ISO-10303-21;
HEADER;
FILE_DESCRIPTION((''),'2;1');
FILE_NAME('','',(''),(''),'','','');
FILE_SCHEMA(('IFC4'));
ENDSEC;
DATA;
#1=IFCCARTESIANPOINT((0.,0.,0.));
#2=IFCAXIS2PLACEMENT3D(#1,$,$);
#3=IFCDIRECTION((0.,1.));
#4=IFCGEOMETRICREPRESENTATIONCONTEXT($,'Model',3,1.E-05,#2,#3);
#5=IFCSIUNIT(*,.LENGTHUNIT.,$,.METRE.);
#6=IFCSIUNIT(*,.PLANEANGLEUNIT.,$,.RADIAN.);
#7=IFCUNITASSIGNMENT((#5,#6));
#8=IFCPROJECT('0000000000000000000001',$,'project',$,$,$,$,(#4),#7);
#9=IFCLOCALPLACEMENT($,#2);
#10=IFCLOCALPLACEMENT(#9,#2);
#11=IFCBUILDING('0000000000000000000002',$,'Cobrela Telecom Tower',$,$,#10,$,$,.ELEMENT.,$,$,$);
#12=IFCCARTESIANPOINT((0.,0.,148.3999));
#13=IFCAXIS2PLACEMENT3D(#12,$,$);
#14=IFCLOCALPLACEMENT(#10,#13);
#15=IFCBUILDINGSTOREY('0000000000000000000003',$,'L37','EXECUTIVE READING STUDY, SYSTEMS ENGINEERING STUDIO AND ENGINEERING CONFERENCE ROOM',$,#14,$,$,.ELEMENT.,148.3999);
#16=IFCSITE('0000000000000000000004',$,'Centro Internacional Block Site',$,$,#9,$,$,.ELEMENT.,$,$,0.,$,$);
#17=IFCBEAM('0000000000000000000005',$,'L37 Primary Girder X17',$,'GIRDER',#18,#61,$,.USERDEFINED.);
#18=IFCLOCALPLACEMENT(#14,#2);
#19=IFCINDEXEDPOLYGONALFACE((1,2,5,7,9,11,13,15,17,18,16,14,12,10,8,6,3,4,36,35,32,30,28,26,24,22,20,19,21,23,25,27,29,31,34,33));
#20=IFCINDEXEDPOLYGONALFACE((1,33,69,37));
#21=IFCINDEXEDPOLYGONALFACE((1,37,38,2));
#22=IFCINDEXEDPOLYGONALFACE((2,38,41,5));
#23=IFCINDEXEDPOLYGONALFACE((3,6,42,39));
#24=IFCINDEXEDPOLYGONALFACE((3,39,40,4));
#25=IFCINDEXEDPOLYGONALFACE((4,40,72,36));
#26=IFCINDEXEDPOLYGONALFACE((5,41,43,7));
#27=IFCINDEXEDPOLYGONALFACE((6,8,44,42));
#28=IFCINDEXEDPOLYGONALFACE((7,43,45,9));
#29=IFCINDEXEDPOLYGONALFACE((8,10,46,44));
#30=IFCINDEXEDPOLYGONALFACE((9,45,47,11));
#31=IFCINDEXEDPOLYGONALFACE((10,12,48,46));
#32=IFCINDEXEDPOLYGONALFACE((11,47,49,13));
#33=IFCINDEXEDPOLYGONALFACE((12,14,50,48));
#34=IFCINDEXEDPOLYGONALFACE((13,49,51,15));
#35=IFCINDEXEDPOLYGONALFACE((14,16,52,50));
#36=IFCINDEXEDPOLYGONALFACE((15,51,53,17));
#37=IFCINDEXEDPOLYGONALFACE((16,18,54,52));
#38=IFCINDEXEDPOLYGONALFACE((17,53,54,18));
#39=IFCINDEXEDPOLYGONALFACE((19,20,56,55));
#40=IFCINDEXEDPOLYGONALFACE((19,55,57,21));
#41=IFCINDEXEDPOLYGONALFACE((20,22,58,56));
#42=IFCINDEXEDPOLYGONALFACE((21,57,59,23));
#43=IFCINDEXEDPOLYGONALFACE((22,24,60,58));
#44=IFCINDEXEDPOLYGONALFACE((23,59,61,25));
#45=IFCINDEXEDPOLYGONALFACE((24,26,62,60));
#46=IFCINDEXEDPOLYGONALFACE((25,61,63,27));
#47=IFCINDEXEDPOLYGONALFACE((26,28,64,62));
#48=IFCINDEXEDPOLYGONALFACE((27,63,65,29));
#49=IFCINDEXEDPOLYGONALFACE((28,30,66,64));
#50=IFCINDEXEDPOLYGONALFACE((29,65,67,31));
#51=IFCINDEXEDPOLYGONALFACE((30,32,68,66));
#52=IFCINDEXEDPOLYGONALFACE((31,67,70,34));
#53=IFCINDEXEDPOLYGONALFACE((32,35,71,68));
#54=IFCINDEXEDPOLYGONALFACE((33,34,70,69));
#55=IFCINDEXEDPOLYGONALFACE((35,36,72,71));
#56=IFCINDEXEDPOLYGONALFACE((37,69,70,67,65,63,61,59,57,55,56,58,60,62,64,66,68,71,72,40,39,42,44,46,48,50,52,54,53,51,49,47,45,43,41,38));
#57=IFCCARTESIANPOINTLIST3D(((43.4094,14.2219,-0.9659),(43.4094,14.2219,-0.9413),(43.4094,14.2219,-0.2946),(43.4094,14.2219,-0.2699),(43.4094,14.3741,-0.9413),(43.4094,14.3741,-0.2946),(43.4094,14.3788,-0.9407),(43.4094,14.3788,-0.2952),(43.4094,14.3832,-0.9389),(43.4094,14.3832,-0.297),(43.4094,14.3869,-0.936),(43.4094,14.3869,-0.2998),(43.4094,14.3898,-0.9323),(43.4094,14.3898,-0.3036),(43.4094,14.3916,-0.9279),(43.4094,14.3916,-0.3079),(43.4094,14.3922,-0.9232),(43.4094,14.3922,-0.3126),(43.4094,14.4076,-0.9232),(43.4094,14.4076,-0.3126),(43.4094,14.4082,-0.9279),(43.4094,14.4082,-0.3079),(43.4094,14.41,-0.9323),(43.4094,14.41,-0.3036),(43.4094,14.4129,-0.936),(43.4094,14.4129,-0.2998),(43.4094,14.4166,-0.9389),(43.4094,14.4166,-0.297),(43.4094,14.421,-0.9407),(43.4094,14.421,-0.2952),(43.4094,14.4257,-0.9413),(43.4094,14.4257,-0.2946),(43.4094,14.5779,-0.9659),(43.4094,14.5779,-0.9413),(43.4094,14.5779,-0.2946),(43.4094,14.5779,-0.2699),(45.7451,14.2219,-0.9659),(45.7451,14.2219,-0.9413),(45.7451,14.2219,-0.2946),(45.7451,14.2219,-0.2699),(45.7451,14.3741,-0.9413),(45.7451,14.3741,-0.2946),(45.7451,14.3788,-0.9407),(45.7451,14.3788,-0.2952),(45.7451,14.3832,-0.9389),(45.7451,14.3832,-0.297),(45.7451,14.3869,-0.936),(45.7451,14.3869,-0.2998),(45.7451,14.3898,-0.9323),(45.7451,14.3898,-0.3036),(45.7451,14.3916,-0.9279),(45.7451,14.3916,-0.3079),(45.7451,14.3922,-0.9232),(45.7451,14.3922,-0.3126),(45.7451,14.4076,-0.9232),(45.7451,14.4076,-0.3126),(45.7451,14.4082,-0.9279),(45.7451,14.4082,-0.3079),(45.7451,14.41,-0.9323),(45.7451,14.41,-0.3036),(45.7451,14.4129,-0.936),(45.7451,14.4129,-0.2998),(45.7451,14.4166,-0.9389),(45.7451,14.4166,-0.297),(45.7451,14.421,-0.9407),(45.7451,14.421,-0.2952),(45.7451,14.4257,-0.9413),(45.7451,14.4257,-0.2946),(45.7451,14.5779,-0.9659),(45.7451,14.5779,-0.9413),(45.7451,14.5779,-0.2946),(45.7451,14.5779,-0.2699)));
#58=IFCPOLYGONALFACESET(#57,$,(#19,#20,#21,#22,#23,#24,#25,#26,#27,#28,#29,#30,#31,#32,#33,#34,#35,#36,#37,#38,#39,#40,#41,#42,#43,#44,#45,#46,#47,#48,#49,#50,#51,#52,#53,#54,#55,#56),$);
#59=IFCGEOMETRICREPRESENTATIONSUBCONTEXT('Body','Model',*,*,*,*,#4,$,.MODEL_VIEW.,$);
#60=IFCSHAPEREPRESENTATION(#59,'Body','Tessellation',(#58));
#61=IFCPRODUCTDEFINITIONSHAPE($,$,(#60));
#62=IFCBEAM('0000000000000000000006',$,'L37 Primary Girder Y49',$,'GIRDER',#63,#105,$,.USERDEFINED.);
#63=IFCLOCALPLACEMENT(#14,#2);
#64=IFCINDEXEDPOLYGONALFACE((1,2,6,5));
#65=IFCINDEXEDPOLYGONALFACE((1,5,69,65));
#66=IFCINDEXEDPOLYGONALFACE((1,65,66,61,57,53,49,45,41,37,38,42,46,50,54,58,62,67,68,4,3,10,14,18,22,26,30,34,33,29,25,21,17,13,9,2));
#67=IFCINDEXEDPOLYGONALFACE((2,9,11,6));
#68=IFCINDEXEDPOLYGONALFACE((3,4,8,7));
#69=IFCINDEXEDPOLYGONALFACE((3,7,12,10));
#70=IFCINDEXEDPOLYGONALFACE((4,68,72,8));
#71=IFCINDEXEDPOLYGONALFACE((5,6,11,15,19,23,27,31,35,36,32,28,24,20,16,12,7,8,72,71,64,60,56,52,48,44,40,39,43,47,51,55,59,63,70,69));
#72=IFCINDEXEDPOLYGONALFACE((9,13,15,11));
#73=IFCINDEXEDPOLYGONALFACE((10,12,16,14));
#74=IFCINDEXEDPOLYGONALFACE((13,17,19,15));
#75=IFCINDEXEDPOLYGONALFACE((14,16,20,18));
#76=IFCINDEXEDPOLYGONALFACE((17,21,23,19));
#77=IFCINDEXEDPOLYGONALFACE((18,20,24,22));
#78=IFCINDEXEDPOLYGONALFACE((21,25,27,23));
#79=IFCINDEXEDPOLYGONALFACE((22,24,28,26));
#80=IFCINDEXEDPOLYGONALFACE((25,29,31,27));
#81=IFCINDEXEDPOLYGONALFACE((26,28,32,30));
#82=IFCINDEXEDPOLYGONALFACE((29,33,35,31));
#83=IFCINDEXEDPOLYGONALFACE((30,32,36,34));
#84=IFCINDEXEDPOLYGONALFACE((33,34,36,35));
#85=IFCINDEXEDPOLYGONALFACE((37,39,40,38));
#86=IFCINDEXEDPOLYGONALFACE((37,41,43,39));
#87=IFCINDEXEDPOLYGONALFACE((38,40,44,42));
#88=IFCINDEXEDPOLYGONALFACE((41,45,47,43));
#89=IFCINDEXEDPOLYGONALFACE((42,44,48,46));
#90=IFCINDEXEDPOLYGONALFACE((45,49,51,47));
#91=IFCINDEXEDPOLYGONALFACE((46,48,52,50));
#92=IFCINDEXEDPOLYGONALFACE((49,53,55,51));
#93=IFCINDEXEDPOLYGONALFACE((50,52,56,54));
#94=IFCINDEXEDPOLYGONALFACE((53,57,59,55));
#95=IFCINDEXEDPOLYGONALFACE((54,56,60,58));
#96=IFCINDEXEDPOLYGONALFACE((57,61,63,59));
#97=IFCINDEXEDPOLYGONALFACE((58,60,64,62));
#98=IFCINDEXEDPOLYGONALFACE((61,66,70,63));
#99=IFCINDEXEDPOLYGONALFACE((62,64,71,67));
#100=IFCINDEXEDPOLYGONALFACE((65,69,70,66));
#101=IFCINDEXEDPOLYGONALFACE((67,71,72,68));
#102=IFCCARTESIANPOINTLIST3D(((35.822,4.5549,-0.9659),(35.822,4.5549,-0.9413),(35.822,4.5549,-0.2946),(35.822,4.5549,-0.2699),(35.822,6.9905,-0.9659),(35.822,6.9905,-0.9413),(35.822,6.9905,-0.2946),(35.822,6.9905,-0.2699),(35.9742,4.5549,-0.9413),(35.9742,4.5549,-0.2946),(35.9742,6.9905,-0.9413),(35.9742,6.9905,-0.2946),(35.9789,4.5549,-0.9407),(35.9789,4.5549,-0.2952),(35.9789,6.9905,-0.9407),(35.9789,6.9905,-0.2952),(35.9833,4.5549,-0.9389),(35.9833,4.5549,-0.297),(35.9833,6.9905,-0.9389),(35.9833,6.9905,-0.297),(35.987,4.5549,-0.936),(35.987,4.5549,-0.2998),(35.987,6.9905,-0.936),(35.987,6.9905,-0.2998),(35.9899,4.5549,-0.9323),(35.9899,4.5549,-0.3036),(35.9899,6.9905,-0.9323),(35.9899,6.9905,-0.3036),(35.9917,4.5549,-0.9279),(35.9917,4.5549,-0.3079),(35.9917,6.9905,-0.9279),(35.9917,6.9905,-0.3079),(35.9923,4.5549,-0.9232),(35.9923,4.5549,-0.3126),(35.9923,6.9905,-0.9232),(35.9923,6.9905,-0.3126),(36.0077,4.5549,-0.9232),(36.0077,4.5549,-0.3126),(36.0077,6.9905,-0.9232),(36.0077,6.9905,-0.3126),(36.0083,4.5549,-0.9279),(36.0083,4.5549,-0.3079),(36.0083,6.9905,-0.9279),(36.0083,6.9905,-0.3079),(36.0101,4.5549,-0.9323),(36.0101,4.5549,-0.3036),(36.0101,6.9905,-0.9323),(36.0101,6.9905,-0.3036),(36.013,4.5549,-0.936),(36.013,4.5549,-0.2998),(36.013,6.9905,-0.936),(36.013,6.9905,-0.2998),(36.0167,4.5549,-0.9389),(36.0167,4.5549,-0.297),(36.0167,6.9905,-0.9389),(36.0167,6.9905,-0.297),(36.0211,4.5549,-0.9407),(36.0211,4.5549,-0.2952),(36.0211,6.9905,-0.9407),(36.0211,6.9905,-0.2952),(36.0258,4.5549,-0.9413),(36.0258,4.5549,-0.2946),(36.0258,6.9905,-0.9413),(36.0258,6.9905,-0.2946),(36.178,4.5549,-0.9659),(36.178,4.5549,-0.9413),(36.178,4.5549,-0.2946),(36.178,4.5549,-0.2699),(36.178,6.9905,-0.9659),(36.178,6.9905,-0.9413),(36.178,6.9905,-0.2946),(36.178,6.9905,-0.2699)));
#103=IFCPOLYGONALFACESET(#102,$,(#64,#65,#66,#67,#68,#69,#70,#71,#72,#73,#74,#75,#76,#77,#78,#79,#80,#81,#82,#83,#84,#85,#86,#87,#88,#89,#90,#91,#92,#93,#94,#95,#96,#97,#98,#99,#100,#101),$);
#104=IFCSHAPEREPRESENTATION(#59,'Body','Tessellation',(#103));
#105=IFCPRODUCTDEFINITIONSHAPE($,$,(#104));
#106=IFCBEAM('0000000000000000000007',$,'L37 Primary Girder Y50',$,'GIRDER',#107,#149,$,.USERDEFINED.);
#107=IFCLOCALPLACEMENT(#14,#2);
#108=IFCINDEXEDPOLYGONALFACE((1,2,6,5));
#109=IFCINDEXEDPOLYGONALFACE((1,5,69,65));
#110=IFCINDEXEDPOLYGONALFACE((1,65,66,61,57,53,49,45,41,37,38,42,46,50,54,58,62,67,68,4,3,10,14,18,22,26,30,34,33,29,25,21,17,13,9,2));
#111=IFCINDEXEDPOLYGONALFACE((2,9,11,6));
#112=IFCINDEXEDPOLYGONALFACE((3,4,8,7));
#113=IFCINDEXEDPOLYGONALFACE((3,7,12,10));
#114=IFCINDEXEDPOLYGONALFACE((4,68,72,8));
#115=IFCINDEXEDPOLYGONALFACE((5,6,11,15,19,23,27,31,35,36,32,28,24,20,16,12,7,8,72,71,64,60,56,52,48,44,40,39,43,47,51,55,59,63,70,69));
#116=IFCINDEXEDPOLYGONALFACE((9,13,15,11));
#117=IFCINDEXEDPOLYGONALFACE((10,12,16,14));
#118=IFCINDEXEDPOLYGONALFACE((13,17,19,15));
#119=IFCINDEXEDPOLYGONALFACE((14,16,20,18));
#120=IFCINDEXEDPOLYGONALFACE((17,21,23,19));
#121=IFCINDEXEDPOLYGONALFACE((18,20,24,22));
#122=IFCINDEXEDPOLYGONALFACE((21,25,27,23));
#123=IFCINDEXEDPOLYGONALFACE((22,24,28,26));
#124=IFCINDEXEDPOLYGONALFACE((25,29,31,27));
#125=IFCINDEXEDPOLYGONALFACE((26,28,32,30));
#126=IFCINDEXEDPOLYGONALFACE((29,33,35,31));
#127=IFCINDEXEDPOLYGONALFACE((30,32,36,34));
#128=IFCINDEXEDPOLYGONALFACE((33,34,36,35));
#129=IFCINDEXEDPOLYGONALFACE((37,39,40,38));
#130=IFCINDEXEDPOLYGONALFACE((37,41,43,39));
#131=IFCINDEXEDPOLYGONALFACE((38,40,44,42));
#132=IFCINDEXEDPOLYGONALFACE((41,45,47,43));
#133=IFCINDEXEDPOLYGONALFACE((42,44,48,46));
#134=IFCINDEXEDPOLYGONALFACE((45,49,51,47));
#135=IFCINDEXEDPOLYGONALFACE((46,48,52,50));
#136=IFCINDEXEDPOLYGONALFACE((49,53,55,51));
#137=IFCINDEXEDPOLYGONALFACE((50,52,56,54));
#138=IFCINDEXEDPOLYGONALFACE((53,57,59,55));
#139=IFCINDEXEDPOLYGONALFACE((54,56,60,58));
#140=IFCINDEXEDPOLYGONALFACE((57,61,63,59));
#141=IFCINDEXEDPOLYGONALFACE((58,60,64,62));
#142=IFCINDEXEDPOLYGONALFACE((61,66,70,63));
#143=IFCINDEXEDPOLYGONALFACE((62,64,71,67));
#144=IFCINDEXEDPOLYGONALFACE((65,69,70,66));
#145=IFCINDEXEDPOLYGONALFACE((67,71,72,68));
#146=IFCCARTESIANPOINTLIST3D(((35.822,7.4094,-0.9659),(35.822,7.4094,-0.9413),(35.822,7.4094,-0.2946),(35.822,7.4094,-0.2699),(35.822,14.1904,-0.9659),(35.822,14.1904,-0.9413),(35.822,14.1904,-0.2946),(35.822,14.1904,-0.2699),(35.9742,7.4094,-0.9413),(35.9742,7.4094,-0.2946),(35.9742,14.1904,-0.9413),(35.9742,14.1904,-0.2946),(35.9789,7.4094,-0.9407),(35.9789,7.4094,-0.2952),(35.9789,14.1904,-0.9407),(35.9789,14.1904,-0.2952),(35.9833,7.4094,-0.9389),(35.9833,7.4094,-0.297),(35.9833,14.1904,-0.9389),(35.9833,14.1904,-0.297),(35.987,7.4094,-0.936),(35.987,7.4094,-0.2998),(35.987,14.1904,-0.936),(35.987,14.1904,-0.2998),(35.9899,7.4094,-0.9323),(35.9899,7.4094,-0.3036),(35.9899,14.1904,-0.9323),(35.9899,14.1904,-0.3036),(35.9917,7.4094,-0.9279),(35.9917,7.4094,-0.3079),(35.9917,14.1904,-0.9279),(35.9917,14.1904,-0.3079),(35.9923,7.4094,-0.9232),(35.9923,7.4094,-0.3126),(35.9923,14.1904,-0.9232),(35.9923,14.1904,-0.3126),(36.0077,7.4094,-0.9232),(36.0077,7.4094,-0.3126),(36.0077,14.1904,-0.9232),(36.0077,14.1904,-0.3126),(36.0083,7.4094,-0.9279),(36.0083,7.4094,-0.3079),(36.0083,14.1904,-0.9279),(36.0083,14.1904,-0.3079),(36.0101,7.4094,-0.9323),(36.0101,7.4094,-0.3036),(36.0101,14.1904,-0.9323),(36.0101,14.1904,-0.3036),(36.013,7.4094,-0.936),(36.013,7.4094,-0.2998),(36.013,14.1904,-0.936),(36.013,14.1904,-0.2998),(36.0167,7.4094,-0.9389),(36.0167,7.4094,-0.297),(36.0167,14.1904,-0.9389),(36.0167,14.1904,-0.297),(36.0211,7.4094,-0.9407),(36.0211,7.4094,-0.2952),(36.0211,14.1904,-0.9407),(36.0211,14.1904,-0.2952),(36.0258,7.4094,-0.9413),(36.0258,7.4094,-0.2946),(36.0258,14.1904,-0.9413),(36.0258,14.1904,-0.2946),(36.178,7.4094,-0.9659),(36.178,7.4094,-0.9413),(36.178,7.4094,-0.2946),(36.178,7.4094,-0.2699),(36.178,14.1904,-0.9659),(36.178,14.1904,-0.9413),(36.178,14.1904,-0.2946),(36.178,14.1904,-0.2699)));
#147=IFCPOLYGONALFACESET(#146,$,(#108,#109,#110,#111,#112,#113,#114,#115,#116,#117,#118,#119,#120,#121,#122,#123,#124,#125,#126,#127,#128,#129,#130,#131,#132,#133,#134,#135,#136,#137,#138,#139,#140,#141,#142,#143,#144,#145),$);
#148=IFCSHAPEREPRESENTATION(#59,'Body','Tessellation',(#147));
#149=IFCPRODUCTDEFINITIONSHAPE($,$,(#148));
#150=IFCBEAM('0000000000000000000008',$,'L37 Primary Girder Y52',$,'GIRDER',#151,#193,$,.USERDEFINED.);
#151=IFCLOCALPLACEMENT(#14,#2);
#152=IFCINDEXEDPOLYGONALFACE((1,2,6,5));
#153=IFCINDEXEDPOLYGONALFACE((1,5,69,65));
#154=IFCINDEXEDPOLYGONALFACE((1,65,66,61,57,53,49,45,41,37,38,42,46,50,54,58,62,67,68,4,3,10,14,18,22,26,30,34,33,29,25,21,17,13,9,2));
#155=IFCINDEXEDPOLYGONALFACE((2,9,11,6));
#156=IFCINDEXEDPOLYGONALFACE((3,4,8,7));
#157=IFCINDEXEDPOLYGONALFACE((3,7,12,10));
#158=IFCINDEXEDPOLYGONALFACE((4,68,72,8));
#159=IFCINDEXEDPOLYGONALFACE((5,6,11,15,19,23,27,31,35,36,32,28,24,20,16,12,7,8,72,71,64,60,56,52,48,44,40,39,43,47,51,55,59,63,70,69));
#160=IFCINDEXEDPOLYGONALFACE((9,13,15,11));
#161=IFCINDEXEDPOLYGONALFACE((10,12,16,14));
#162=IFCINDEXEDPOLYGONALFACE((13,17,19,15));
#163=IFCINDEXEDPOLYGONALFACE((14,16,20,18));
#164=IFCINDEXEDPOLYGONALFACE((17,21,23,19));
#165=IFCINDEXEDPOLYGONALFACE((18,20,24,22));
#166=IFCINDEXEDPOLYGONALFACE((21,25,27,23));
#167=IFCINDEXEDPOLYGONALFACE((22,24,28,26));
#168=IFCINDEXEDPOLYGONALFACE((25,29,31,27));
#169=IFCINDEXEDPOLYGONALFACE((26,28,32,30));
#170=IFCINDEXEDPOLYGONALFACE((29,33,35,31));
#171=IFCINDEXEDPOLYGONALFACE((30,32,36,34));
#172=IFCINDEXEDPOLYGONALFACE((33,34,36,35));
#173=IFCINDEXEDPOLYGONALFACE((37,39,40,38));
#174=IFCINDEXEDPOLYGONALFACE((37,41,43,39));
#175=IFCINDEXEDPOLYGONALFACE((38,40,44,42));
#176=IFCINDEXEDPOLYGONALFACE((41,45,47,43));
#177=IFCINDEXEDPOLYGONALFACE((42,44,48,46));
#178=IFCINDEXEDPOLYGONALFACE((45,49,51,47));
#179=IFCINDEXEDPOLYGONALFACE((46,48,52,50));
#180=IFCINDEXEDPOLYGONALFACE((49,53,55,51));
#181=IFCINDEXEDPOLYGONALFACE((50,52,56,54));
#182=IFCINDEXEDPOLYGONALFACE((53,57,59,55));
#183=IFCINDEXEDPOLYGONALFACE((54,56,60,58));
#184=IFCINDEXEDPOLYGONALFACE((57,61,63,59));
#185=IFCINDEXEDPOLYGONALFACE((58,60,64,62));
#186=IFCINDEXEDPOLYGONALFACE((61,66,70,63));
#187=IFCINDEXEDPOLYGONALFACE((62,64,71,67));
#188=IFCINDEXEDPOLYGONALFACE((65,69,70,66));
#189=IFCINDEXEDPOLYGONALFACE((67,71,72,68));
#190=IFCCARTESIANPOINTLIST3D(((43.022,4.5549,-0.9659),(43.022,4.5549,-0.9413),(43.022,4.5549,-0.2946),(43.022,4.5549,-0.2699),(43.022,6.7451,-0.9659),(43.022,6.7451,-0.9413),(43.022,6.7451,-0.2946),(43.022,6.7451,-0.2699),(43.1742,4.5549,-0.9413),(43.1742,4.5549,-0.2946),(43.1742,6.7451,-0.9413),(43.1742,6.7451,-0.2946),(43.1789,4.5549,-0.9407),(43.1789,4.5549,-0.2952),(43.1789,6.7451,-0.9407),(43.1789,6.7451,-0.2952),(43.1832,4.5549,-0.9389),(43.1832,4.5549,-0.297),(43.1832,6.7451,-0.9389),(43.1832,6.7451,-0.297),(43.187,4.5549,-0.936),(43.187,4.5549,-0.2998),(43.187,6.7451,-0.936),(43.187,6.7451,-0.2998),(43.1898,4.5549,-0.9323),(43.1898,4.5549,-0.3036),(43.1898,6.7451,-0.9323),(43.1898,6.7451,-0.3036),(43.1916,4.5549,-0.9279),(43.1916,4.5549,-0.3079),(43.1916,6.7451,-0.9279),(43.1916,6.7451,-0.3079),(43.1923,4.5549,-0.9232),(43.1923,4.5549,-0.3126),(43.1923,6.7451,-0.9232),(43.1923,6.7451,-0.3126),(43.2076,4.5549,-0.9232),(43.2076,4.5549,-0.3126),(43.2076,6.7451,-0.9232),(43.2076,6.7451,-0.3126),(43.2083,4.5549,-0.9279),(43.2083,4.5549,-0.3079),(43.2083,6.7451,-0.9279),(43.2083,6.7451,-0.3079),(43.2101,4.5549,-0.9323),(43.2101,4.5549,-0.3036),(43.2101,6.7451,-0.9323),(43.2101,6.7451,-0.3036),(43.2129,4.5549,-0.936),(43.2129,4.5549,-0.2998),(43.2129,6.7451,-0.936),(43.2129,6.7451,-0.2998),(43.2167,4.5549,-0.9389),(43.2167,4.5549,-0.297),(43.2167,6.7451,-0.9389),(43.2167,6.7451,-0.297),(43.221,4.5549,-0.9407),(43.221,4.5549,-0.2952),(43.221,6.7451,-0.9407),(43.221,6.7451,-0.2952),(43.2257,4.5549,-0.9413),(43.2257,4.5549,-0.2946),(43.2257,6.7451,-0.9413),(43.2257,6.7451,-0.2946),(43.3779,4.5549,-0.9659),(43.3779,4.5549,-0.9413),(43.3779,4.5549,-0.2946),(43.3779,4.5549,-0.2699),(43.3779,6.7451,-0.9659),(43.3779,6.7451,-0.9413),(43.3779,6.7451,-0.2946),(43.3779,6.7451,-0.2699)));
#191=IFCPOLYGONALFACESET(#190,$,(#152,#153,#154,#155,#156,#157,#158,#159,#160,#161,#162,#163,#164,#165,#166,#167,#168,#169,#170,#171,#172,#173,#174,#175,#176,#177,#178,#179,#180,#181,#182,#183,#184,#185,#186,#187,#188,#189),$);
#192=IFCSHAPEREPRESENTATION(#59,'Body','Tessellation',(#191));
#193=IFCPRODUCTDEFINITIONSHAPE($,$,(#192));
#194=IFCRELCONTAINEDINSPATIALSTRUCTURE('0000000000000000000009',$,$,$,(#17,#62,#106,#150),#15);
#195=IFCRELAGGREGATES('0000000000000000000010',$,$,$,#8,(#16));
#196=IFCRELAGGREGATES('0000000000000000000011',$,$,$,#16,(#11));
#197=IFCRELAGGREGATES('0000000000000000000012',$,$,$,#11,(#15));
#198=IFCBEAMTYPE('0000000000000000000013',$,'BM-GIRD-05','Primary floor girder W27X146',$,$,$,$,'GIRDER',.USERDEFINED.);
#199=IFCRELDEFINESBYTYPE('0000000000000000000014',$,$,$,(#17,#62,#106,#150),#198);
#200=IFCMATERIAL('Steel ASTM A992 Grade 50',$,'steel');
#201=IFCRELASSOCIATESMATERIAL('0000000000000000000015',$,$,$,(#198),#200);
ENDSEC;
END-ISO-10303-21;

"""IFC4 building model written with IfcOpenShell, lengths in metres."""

from ifc_helpers import new_model, si_unit, direction, frame, origin, origin_2d, place, context, subcontext, project, spatial, i_section, extrude, material, material_profile, profile_set, type_object, element, save


model = new_model("IFC4")

# Units and contexts
model_context = context("Model", 3, precision=1e-05, world=origin(), true_north=direction((0.0, 1.0)))
body_context = subcontext(model_context, "Body", "Model", "MODEL_VIEW")
ifc_project = project(units=[si_unit("LENGTHUNIT", "METRE"), si_unit("PLANEANGLEUNIT", "RADIAN")], contexts=[model_context])

# Site, building, storey
site_placement = place(None, origin())
site = spatial("IfcSite", under=ifc_project, at=site_placement, Name="Centro Internacional Block Site", CompositionType="ELEMENT", RefElevation=0.0)
building_placement = place(site_placement, origin())
building = spatial("IfcBuilding", under=site, at=building_placement, Name="Cobrela Telecom Tower", CompositionType="ELEMENT")
storey_placement = place(building_placement, frame((0.0, 0.0, 148.3999)))
storey = spatial("IfcBuildingStorey", under=building, at=storey_placement, Name="L37", Description="EXECUTIVE READING STUDY, SYSTEMS ENGINEERING STUDIO AND ENGINEERING CONFERENCE ROOM", CompositionType="ELEMENT", Elevation=148.3999)

# Shared definitions
ifc_material_1 = material(Name="Steel ASTM A992 Grade 50", Category="steel")

# Beams
ifc_material_profile_1 = material_profile(ifc_material_1, i_section(OverallWidth=0.356, OverallDepth=0.696, WebThickness=0.0154, FlangeThickness=0.0247, FilletRadius=0.0181, at=origin_2d()), Name="W27X146")
ifc_profile_set_1 = profile_set([ifc_material_profile_1], Name="Steel ASTM A992 Grade 50")
beam_type_1 = type_object("IfcBeamType", Name="BM-GIRD-05", Description="Primary floor girder W27X146", ElementType="GIRDER", PredefinedType="USERDEFINED", material=ifc_profile_set_1)
beam_1_placement = place(storey_placement, frame((43.4094, 14.3999, -0.6179), z_axis=(1.0, 0.0, 0.0), x_axis=(0.0, 1.0, 0.0)))
element("IfcBeam", 1, at=beam_1_placement, inside=storey, type_object=beam_type_1, Name="L37 Primary Girder X17", ObjectType="GIRDER", PredefinedType="USERDEFINED", context=body_context, shape_type="SweptSolid", body=[
    extrude(i_section(OverallWidth=0.356, OverallDepth=0.696, WebThickness=0.0154, FlangeThickness=0.0247, FilletRadius=0.0181, at=origin_2d()), origin(), (0.0, 0.0, 1.0), 2.3357),
])
beam_2_placement = place(storey_placement, frame((36.0, 4.5549, -0.6179), z_axis=(0.0, 1.0, 0.0), x_axis=(-1.0, 0.0, 0.0)))
element("IfcBeam", 2, at=beam_2_placement, inside=storey, type_object=beam_type_1, Name="L37 Primary Girder Y49", ObjectType="GIRDER", PredefinedType="USERDEFINED", context=body_context, shape_type="SweptSolid", body=[
    extrude(i_section(OverallWidth=0.356, OverallDepth=0.696, WebThickness=0.0154, FlangeThickness=0.0247, FilletRadius=0.0181, at=origin_2d()), origin(), (0.0, 0.0, 1.0), 2.4355),
])
beam_3_placement = place(storey_placement, frame((36.0, 7.4094, -0.6179), z_axis=(0.0, 1.0, 0.0), x_axis=(-1.0, 0.0, 0.0)))
element("IfcBeam", 3, at=beam_3_placement, inside=storey, type_object=beam_type_1, Name="L37 Primary Girder Y50", ObjectType="GIRDER", PredefinedType="USERDEFINED", context=body_context, shape_type="SweptSolid", body=[
    extrude(i_section(OverallWidth=0.356, OverallDepth=0.696, WebThickness=0.0154, FlangeThickness=0.0247, FilletRadius=0.0181, at=origin_2d()), origin(), (0.0, 0.0, 1.0), 6.781),
])
beam_4_placement = place(storey_placement, frame((43.2, 4.5549, -0.6179), z_axis=(0.0, 1.0, 0.0), x_axis=(-1.0, 0.0, 0.0)))
element("IfcBeam", 4, at=beam_4_placement, inside=storey, type_object=beam_type_1, Name="L37 Primary Girder Y52", ObjectType="GIRDER", PredefinedType="USERDEFINED", context=body_context, shape_type="SweptSolid", body=[
    extrude(i_section(OverallWidth=0.356, OverallDepth=0.696, WebThickness=0.0154, FlangeThickness=0.0247, FilletRadius=0.0181, at=origin_2d()), origin(), (0.0, 0.0, 1.0), 2.1902),
])

save(model, "model.ifc")
